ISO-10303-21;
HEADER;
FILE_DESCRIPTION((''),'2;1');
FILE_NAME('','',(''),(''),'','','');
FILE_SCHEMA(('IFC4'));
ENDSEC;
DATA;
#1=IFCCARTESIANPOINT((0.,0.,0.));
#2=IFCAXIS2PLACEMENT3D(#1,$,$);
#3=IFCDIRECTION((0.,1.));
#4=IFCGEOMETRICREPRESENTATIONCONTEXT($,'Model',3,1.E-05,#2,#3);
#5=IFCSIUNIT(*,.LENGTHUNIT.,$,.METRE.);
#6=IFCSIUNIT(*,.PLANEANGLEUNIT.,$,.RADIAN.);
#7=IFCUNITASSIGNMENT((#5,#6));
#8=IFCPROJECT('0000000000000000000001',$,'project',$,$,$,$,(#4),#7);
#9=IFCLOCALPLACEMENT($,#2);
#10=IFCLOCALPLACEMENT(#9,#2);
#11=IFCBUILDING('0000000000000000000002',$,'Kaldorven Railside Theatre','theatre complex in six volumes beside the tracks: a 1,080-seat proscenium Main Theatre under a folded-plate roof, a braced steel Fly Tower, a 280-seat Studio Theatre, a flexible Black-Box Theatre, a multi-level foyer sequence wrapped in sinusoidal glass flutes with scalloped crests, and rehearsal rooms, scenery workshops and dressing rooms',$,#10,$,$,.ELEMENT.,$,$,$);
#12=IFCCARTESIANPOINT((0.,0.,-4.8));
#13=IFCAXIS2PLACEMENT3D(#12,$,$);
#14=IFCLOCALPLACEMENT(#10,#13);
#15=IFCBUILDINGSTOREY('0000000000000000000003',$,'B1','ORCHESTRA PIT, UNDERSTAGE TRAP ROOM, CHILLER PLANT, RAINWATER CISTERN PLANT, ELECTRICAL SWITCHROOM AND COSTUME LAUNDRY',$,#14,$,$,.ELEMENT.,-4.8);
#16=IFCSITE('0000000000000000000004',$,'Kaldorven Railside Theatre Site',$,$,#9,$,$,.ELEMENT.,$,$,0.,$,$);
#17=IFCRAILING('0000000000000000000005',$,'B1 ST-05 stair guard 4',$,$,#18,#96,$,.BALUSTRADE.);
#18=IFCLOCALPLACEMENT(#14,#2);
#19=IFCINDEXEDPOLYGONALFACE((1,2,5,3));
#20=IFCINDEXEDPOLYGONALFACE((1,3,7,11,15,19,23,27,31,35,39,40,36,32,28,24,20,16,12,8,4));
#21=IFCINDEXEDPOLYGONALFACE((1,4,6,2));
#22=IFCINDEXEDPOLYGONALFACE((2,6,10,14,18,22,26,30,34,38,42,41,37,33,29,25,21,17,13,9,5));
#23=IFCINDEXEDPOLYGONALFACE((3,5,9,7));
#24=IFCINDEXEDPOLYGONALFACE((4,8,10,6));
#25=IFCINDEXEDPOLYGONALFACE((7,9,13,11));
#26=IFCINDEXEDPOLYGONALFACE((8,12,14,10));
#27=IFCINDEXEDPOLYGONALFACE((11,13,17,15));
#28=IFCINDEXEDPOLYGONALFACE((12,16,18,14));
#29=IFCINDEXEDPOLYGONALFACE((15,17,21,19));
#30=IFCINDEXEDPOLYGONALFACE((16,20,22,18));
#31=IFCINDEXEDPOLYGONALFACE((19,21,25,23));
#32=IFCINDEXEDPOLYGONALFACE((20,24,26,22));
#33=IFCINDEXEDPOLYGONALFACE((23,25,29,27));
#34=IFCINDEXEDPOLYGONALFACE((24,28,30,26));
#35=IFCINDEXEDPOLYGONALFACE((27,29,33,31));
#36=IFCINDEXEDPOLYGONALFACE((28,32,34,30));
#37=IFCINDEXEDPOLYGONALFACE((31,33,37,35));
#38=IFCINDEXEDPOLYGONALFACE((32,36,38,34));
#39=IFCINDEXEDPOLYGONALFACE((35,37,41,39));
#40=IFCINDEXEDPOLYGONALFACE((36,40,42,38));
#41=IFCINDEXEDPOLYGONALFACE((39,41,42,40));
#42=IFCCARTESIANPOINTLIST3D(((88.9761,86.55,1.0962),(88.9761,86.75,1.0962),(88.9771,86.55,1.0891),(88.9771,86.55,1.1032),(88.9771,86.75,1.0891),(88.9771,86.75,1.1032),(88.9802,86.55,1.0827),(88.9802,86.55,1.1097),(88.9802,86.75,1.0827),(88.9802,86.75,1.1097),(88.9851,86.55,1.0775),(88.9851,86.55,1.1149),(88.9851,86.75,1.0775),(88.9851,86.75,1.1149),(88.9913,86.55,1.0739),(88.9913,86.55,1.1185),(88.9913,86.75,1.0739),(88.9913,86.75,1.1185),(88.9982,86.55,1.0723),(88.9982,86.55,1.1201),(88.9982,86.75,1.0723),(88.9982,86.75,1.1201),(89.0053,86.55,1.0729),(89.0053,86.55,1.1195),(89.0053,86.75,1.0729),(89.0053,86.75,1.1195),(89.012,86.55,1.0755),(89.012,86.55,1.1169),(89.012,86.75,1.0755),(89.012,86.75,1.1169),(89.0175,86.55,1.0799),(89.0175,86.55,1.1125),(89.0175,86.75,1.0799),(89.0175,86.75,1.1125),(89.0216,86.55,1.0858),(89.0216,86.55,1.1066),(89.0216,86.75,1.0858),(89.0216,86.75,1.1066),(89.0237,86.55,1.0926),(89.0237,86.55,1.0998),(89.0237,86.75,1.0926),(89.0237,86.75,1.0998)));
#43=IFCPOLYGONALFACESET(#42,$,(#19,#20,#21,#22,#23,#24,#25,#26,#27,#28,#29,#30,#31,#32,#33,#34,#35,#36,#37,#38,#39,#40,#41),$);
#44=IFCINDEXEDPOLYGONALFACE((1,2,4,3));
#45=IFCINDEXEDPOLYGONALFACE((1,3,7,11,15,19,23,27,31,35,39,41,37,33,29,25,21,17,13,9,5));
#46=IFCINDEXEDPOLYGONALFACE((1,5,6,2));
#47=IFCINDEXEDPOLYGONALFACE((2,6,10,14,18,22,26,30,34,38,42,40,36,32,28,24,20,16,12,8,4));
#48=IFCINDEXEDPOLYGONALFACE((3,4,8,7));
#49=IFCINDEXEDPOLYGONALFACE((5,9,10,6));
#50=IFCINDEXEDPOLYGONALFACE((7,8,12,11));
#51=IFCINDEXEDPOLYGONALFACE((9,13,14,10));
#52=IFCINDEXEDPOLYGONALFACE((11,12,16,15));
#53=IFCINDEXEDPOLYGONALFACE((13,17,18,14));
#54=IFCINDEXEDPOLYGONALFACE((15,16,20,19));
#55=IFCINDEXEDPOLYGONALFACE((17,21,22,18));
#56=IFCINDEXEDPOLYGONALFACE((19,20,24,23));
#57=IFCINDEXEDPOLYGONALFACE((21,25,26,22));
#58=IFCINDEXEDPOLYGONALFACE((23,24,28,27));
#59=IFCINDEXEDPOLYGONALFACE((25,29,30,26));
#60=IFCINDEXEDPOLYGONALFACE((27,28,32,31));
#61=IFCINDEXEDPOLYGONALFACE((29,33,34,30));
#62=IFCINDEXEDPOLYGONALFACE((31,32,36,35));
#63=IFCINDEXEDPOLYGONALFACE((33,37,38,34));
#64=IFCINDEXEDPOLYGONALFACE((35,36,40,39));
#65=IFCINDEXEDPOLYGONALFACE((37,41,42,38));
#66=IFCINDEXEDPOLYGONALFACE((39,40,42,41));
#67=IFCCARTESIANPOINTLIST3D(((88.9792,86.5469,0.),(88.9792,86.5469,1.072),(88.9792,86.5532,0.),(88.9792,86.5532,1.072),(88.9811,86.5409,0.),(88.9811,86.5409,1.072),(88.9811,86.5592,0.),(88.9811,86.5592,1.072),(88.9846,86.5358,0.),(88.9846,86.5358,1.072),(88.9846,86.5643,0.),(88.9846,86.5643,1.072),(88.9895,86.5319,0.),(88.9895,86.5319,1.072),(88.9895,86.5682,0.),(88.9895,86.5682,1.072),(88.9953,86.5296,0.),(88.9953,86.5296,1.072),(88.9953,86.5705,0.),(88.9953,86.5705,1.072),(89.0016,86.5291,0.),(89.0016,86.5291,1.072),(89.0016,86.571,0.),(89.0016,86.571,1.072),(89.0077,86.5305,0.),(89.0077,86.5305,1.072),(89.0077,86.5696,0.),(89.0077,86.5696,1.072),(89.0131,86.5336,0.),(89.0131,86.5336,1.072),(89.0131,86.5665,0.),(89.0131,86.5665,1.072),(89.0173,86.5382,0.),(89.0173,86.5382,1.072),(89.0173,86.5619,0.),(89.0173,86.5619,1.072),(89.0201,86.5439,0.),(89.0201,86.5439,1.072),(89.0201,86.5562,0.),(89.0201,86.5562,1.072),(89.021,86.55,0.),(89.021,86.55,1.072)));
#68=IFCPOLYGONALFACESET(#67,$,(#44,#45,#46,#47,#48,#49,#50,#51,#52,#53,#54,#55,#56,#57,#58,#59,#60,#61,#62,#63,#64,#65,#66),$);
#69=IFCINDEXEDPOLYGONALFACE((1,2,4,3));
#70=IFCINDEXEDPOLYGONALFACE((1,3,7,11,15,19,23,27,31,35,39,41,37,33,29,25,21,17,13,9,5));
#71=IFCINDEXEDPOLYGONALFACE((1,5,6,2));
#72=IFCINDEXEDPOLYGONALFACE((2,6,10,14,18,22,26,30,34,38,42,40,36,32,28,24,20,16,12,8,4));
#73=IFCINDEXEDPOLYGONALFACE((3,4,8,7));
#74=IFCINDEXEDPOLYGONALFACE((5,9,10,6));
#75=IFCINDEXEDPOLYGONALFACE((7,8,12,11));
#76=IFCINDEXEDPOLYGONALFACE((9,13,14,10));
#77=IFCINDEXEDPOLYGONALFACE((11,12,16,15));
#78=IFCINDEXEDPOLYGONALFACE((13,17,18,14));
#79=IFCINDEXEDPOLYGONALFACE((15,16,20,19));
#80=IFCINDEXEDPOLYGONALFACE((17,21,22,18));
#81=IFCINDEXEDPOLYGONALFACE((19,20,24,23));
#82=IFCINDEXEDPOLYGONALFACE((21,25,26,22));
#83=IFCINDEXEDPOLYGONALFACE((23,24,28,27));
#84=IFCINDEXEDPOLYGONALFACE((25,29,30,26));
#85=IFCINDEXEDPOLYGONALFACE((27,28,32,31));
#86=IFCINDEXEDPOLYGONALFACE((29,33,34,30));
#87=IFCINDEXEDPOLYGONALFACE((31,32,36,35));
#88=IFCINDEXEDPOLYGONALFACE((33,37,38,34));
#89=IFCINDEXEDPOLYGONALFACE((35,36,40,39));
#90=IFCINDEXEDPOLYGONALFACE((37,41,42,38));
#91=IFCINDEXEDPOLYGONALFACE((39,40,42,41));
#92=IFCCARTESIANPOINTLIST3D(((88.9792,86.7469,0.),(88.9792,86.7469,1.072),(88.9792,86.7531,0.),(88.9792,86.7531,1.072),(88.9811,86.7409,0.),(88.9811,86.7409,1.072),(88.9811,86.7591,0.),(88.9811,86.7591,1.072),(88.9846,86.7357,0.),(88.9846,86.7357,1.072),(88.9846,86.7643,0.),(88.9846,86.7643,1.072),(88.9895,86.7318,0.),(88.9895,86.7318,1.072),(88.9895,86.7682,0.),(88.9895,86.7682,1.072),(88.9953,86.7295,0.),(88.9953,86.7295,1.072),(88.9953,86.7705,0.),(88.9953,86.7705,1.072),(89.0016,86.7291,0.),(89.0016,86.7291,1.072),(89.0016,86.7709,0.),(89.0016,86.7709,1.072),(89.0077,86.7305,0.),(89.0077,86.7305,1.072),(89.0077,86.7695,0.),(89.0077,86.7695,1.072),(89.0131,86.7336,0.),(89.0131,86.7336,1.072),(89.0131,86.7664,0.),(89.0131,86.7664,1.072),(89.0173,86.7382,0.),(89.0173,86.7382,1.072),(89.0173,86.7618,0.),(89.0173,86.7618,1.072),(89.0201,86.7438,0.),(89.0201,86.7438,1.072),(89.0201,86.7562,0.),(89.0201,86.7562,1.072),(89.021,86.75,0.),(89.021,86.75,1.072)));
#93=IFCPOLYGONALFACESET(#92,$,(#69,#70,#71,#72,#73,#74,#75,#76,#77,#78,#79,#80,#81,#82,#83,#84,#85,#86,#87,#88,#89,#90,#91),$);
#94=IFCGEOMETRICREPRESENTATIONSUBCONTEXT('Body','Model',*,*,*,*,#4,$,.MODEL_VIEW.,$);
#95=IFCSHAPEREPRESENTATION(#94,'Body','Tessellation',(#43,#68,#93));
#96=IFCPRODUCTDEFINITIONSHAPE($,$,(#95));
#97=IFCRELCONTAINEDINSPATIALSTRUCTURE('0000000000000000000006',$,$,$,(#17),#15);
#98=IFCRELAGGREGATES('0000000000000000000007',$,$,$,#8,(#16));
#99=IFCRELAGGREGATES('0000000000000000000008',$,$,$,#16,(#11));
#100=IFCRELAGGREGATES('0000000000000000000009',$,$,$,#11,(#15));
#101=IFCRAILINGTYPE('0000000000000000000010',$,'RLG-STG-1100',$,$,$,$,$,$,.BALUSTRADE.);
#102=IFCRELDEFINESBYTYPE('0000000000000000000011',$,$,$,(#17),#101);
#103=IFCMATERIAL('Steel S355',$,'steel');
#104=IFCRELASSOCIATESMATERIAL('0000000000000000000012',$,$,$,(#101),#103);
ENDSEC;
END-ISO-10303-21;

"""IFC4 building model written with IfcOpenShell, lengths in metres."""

from ifc_helpers import new_model, si_unit, direction, frame, origin, origin_2d, place, context, subcontext, project, spatial, circle, extrude, material, type_object, element, save


model = new_model("IFC4")

# Units and contexts
model_context = context("Model", 3, precision=1e-05, world=origin(), true_north=direction((0.0, 1.0)))
body_context = subcontext(model_context, "Body", "Model", "MODEL_VIEW")
ifc_project = project(units=[si_unit("LENGTHUNIT", "METRE"), si_unit("PLANEANGLEUNIT", "RADIAN")], contexts=[model_context])

# Site, building, storey
site_placement = place(None, origin())
site = spatial("IfcSite", under=ifc_project, at=site_placement, Name="Kaldorven Railside Theatre Site", CompositionType="ELEMENT", RefElevation=0.0)
building_placement = place(site_placement, origin())
building = spatial("IfcBuilding", under=site, at=building_placement, Name="Kaldorven Railside Theatre", Description="theatre complex in six volumes beside the tracks: a 1,080-seat proscenium Main Theatre under a folded-plate roof, a braced steel Fly Tower, a 280-seat Studio Theatre, a flexible Black-Box Theatre, a multi-level foyer sequence wrapped in sinusoidal glass flutes with scalloped crests, and rehearsal rooms, scenery workshops and dressing rooms", CompositionType="ELEMENT")
storey_placement = place(building_placement, frame((0.0, 0.0, -4.8)))
storey = spatial("IfcBuildingStorey", under=building, at=storey_placement, Name="B1", Description="ORCHESTRA PIT, UNDERSTAGE TRAP ROOM, CHILLER PLANT, RAINWATER CISTERN PLANT, ELECTRICAL SWITCHROOM AND COSTUME LAUNDRY", CompositionType="ELEMENT", Elevation=-4.8)

# Railing
ifc_material_1 = material(Name="Steel S355", Category="steel")
railing_type_1 = type_object("IfcRailingType", Name="RLG-STG-1100", PredefinedType="BALUSTRADE", material=ifc_material_1)
railing_1_placement = place(storey_placement, frame((89.0, 86.55, 0.0)))
element("IfcRailing", 1, at=railing_1_placement, inside=storey, type_object=railing_type_1, Name="B1 ST-05 stair guard 4", PredefinedType="BALUSTRADE", context=body_context, shape_type="SweptSolid", body=[
    extrude(circle(Radius=0.0239, at=origin_2d()), frame((0.0, 0.0, 1.0962), z_axis=(0.0, 1.0, 0.0), x_axis=(-1.0, 0.0, 0.0)), (0.0, 0.0, 1.0), 0.2),
    extrude(circle(Radius=0.021, at=origin_2d()), origin(), (0.0, 0.0, 1.0), 1.072),
    extrude(circle(Radius=0.021, at=origin_2d()), frame((0.0, 0.2, 0.0)), (0.0, 0.0, 1.0), 1.072),
])

save(model, "model.ifc")
